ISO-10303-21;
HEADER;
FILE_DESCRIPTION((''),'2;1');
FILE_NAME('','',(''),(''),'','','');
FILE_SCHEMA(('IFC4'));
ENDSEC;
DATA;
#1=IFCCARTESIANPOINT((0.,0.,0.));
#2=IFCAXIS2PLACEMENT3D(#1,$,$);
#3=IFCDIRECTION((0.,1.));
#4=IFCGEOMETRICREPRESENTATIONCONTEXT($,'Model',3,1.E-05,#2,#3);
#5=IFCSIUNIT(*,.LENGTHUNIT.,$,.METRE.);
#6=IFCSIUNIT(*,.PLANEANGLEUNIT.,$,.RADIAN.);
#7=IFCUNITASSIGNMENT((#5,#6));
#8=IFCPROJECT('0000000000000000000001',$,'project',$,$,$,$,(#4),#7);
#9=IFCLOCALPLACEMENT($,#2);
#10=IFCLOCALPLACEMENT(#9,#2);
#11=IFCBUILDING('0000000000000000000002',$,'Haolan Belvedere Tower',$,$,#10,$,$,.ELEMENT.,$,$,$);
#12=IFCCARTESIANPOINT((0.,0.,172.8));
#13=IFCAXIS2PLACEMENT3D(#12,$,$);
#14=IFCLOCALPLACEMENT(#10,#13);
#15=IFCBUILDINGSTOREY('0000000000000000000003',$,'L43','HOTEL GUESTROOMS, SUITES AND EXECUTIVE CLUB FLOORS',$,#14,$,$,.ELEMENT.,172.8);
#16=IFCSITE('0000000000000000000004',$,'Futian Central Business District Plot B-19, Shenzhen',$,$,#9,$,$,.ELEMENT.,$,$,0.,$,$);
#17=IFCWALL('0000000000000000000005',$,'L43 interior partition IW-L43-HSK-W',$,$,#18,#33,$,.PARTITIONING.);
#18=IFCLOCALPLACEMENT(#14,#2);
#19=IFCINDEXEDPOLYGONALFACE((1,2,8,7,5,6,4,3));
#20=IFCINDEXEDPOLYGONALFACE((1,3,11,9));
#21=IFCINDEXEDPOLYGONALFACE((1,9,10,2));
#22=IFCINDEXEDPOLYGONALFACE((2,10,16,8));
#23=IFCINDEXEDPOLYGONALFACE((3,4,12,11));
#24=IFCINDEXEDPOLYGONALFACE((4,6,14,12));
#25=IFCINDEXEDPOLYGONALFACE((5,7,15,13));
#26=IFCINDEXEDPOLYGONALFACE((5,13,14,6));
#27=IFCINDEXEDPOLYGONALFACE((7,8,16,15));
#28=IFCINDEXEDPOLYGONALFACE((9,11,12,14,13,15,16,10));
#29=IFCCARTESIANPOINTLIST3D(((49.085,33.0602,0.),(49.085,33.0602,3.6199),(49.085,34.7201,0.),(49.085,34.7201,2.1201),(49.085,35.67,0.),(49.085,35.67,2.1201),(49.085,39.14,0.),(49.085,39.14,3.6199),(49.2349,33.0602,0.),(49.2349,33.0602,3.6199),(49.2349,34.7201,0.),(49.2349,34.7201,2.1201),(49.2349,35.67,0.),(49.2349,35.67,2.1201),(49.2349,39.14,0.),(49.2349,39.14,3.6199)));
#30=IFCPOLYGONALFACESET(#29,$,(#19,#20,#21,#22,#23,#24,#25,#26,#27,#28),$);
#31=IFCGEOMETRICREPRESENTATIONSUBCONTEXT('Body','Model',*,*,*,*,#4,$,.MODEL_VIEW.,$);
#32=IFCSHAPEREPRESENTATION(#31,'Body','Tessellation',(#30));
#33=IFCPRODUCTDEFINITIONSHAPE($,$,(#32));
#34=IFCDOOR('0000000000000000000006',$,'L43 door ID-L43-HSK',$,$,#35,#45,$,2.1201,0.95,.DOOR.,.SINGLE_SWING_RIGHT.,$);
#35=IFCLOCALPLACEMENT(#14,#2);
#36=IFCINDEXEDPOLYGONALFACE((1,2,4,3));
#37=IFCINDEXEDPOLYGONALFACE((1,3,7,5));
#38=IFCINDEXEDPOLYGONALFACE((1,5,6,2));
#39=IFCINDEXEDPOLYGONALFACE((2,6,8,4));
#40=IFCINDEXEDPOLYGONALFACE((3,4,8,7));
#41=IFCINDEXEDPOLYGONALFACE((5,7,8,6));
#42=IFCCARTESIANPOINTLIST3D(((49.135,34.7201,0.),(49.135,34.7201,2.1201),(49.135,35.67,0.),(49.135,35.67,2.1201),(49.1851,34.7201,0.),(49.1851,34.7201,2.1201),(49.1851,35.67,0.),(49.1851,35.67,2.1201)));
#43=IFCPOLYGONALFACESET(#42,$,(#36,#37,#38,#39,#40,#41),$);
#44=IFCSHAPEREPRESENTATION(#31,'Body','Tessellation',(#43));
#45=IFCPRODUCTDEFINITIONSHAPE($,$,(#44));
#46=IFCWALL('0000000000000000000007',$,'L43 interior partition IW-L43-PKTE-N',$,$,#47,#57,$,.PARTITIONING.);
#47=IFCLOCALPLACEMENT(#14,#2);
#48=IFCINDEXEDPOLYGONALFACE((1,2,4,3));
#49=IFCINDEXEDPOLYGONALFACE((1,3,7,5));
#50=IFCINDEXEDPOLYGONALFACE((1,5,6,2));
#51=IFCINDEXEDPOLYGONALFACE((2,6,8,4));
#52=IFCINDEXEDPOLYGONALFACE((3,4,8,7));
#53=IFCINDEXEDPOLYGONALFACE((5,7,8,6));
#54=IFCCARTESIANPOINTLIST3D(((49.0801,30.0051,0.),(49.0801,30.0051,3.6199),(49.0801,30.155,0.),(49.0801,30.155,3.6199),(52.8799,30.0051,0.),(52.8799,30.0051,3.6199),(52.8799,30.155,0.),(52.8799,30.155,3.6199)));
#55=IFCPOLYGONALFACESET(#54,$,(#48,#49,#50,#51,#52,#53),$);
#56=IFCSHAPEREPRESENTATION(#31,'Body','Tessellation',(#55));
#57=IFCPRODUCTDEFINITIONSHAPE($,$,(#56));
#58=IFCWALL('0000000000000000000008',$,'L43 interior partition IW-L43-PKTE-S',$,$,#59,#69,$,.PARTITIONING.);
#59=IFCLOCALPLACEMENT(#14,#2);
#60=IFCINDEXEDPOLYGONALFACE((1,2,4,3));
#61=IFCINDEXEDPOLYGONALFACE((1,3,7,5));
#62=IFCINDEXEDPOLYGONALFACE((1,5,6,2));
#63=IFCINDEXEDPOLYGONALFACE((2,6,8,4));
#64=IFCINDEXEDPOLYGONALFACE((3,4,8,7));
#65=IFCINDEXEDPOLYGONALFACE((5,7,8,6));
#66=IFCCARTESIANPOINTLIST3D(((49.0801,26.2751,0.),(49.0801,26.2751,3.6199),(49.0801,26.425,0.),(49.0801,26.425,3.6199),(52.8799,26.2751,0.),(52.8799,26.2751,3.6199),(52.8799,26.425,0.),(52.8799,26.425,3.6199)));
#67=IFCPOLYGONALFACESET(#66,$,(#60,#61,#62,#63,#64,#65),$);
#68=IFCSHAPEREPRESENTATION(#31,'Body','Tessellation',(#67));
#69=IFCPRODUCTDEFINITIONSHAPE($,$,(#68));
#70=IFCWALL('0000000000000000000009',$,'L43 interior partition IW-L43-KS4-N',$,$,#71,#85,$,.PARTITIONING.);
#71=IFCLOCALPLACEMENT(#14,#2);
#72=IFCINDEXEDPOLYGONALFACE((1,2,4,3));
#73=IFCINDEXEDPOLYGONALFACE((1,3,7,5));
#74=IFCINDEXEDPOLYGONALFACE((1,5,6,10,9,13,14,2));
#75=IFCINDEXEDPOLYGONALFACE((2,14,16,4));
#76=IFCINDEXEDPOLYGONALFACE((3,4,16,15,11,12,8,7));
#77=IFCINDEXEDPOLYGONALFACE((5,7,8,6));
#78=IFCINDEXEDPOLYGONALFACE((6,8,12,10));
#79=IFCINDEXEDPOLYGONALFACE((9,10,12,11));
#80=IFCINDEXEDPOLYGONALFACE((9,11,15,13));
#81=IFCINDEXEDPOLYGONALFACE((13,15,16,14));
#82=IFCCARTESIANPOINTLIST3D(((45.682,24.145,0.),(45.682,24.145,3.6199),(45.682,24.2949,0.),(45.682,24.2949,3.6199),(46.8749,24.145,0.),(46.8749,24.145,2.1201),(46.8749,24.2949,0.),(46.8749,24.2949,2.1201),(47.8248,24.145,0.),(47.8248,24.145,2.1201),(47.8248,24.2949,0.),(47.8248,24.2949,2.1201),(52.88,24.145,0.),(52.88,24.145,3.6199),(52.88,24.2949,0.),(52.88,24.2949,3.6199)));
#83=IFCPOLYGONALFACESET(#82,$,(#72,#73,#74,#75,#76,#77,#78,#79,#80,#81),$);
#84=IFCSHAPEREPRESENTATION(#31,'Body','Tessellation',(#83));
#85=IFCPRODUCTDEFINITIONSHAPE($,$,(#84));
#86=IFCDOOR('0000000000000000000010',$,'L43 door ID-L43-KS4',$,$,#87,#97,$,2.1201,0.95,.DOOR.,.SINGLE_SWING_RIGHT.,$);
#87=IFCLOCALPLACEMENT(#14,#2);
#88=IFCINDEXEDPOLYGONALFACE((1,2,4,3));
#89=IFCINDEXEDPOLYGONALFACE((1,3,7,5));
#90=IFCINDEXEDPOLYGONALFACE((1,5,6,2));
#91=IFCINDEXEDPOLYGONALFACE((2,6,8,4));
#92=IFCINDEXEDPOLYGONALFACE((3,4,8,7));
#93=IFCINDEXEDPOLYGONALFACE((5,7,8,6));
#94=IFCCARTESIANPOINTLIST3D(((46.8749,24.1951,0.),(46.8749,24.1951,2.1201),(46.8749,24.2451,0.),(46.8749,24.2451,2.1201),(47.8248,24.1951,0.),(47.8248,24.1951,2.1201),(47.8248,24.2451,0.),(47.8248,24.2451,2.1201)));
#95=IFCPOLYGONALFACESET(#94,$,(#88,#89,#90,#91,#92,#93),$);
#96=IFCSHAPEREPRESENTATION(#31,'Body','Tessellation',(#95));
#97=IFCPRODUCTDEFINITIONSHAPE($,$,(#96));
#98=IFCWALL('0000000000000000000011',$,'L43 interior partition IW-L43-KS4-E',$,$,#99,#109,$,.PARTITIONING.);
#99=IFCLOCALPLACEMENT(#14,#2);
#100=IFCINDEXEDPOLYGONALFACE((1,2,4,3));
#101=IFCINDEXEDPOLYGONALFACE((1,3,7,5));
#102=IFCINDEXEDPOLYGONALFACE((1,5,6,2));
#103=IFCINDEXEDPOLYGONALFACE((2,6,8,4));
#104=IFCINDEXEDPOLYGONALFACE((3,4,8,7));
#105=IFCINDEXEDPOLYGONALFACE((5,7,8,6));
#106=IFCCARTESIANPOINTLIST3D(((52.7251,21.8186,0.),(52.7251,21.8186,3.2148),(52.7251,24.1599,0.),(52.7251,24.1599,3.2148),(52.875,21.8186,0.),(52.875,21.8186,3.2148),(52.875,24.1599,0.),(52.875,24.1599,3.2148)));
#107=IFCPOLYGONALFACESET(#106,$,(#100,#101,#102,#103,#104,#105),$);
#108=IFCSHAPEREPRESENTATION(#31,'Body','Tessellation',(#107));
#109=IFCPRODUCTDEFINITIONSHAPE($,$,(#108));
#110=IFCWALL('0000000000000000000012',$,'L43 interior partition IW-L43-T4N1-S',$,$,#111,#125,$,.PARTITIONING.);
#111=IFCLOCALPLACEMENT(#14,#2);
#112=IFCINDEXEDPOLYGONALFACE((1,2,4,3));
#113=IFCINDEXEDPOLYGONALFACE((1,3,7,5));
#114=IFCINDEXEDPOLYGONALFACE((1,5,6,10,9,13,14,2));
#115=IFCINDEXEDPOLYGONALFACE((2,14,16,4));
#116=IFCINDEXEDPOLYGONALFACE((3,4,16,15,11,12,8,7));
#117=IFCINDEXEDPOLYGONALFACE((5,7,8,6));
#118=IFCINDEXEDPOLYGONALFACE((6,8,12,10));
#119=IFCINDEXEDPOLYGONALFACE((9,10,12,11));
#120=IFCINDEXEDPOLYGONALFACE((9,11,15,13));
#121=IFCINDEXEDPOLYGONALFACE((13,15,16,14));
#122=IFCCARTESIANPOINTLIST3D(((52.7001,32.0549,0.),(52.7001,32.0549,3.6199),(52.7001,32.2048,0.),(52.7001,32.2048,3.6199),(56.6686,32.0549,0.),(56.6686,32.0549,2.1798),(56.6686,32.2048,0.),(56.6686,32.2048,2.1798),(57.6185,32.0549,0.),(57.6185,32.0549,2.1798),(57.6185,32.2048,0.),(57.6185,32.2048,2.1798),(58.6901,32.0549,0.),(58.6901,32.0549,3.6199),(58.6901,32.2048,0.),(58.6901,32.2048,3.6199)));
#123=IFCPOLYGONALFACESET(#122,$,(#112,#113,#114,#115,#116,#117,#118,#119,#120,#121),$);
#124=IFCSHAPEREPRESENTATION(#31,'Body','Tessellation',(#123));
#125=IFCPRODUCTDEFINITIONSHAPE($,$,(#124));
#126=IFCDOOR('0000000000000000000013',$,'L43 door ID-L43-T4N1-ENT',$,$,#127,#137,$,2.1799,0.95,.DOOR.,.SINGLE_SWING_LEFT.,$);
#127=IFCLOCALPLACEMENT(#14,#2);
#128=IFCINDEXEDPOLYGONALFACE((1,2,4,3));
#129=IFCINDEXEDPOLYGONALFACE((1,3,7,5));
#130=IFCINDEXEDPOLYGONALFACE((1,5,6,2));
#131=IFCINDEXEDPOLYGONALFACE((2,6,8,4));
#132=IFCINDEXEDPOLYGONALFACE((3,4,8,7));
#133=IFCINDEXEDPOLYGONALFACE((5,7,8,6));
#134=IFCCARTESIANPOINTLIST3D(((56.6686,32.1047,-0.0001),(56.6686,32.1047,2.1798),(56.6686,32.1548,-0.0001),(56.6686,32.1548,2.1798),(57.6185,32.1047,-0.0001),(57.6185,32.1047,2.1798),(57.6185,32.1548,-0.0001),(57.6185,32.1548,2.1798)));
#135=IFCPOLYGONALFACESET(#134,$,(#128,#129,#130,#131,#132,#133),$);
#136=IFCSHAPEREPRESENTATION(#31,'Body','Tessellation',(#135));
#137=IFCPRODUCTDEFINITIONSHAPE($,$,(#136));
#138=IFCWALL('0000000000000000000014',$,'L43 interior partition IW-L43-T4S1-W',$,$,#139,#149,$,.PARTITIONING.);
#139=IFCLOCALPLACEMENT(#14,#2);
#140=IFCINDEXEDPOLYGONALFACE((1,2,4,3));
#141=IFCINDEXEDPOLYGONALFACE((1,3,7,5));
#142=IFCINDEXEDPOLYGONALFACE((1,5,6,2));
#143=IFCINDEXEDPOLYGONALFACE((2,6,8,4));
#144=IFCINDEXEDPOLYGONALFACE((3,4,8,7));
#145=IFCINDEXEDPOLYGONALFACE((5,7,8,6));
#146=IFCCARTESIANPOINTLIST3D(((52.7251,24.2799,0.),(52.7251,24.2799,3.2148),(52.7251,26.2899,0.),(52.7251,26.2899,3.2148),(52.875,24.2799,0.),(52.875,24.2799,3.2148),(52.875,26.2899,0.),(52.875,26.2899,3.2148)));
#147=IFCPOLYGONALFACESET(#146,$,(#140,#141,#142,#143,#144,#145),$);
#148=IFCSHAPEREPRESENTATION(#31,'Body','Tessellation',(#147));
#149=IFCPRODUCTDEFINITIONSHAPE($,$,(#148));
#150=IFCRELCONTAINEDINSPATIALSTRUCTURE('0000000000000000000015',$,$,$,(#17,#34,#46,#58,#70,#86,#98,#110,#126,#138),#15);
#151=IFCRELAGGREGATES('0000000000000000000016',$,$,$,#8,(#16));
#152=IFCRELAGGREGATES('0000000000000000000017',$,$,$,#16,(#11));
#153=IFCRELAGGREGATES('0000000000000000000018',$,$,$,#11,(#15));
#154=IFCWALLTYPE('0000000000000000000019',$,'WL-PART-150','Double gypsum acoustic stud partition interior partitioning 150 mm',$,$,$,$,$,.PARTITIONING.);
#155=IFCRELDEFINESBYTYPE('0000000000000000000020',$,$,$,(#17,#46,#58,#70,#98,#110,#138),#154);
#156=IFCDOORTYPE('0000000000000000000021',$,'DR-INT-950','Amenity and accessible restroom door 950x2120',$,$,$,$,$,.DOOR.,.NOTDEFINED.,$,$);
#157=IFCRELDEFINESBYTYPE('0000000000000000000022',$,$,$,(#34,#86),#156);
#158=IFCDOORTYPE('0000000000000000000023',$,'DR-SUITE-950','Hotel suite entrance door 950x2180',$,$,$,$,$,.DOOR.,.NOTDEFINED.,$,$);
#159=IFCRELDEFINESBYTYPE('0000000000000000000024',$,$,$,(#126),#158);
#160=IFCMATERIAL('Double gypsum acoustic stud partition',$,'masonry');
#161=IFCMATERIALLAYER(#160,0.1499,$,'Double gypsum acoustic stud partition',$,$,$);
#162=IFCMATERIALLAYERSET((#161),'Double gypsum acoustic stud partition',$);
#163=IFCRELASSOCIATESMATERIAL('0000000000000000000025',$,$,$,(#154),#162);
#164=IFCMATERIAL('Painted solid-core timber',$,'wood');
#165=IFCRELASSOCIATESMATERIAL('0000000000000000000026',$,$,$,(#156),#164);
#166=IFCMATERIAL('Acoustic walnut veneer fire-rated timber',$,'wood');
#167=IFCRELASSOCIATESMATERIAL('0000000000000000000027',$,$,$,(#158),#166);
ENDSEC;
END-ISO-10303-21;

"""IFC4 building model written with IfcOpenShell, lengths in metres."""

from ifc_helpers import new_model, si_unit, direction, frame, frame_2d, origin, place, context, subcontext, project, spatial, rectangle, extrude, material, layer, layer_set, type_object, element, fill, save


model = new_model("IFC4")

# Units and contexts
model_context = context("Model", 3, precision=1e-05, world=origin(), true_north=direction((0.0, 1.0)))
body_context = subcontext(model_context, "Body", "Model", "MODEL_VIEW")
ifc_project = project(units=[si_unit("LENGTHUNIT", "METRE"), si_unit("PLANEANGLEUNIT", "RADIAN")], contexts=[model_context])

# Site, building, storey
site_placement = place(None, origin())
site = spatial("IfcSite", under=ifc_project, at=site_placement, Name="Futian Central Business District Plot B-19, Shenzhen", CompositionType="ELEMENT", RefElevation=0.0)
building_placement = place(site_placement, origin())
building = spatial("IfcBuilding", under=site, at=building_placement, Name="Haolan Belvedere Tower", CompositionType="ELEMENT")
storey_placement = place(building_placement, frame((0.0, 0.0, 172.8)))
storey = spatial("IfcBuildingStorey", under=building, at=storey_placement, Name="L43", Description="HOTEL GUESTROOMS, SUITES AND EXECUTIVE CLUB FLOORS", CompositionType="ELEMENT", Elevation=172.8)

# Shared definitions
ifc_material_1 = material(Name="Double gypsum acoustic stud partition", Category="masonry")
ifc_layer_1 = layer(ifc_material_1, 0.1499, Name="Double gypsum acoustic stud partition")
ifc_layer_set_1 = layer_set([ifc_layer_1], Name="Double gypsum acoustic stud partition")
wall_type_1 = type_object("IfcWallType", Name="WL-PART-150", Description="Double gypsum acoustic stud partition interior partitioning 150 mm", PredefinedType="PARTITIONING", material=ifc_layer_set_1)

# Wall, opening, door
wall_1_placement = place(storey_placement, frame((49.1599, 33.0601, 0.0), z_axis=(0.0, 0.0, 1.0), x_axis=(0.0, 1.0, 0.0)))
wall_1 = element("IfcWall", 1, at=wall_1_placement, inside=storey, type_object=wall_type_1, Name="L43 interior partition IW-L43-HSK-W", PredefinedType="PARTITIONING", context=body_context, shape_type="SweptSolid", body=[
    extrude(rectangle(XDim=6.0798, YDim=0.1499, at=frame_2d((3.04, 0.0))), origin(), (0.0, 0.0, 1.0), 3.6199),
])
opening_1_placement = place(wall_1_placement, frame((1.6599, 0.0, 0.0)))
opening_1 = element("IfcOpeningElement", 2, at=opening_1_placement, cuts=wall_1, PredefinedType="OPENING", context=body_context, shape_type="SweptSolid", body=[
    extrude(rectangle(XDim=0.95, YDim=2.1201, at=frame_2d((0.4751, 1.0601))), frame((0.0, 0.085, 0.0), z_axis=(0.0, -1.0, 0.0), x_axis=(1.0, 0.0, 0.0)), (0.0, 0.0, 1.0), 0.1699),
])
ifc_material_2 = material(Name="Painted solid-core timber", Category="wood")
door_type_1 = type_object("IfcDoorType", Name="DR-INT-950", Description="Amenity and accessible restroom door 950x2120", OperationType="NOTDEFINED", PredefinedType="DOOR", material=ifc_material_2)
door_1_placement = place(opening_1_placement, origin())
door_1 = element("IfcDoor", 3, at=door_1_placement, inside=storey, type_object=door_type_1, Name="L43 door ID-L43-HSK", OperationType="SINGLE_SWING_RIGHT", OverallHeight=2.1201, OverallWidth=0.95, PredefinedType="DOOR", context=body_context, shape_type="SweptSolid", body=[
    extrude(rectangle(XDim=0.95, YDim=2.1201, at=frame_2d((0.4751, 1.0601))), frame((0.0, 0.0249, 0.0), z_axis=(0.0, -1.0, 0.0), x_axis=(1.0, 0.0, 0.0)), (0.0, 0.0, 1.0), 0.05),
])
fill(opening_1, door_1)

# Walls
for number, where, z_axis, x_axis, name in (
    (4, (49.0801, 30.0801, 0.0), (0.0, 0.0, 1.0), (1.0, 0.0, 0.0), "L43 interior partition IW-L43-PKTE-N"),
    (5, (49.0801, 26.3501, 0.0), (0.0, 0.0, 1.0), (1.0, 0.0, 0.0), "L43 interior partition IW-L43-PKTE-S"),
):
    element("IfcWall", number, at=place(storey_placement, frame(where, z_axis=z_axis, x_axis=x_axis)), inside=storey, type_object=wall_type_1, Name=name, PredefinedType="PARTITIONING", context=body_context, shape_type="SweptSolid", body=[
        extrude(rectangle(XDim=3.7998, YDim=0.1499, at=frame_2d((1.8999, 0.0))), origin(), (0.0, 0.0, 1.0), 3.6199),
    ])

# Wall, opening, door
wall_2_placement = place(storey_placement, frame((45.6819, 24.22, 0.0), z_axis=(0.0, 0.0, 1.0), x_axis=(1.0, 0.0, 0.0)))
wall_2 = element("IfcWall", 6, at=wall_2_placement, inside=storey, type_object=wall_type_1, Name="L43 interior partition IW-L43-KS4-N", PredefinedType="PARTITIONING", context=body_context, shape_type="SweptSolid", body=[
    extrude(rectangle(XDim=7.198, YDim=0.1499, at=frame_2d((3.5991, 0.0))), origin(), (0.0, 0.0, 1.0), 3.6199),
])
opening_2_placement = place(wall_2_placement, frame((2.1431, 0.0, 0.0), z_axis=(0.0, 0.0, 1.0), x_axis=(-1.0, 0.0, 0.0)))
opening_2 = element("IfcOpeningElement", 7, at=opening_2_placement, cuts=wall_2, PredefinedType="OPENING", context=body_context, shape_type="SweptSolid", body=[
    extrude(rectangle(XDim=0.95, YDim=2.1201, at=frame_2d((0.4751, 1.0601))), frame((0.0, 0.085, 0.0), z_axis=(0.0, -1.0, 0.0), x_axis=(1.0, 0.0, 0.0)), (0.0, 0.0, 1.0), 0.1699),
])
door_2_placement = place(opening_2_placement, origin())
door_2 = element("IfcDoor", 8, at=door_2_placement, inside=storey, type_object=door_type_1, Name="L43 door ID-L43-KS4", OperationType="SINGLE_SWING_RIGHT", OverallHeight=2.1201, OverallWidth=0.95, PredefinedType="DOOR", context=body_context, shape_type="SweptSolid", body=[
    extrude(rectangle(XDim=0.95, YDim=2.1201, at=frame_2d((0.4751, 1.0601))), frame((0.0, 0.0249, 0.0), z_axis=(0.0, -1.0, 0.0), x_axis=(1.0, 0.0, 0.0)), (0.0, 0.0, 1.0), 0.05),
])
fill(opening_2, door_2)

# Wall
wall_3_placement = place(storey_placement, frame((52.8, 21.8186, 0.0), z_axis=(0.0, 0.0, 1.0), x_axis=(0.0, 1.0, 0.0)))
element("IfcWall", 9, at=wall_3_placement, inside=storey, type_object=wall_type_1, Name="L43 interior partition IW-L43-KS4-E", PredefinedType="PARTITIONING", context=body_context, shape_type="SweptSolid", body=[
    extrude(rectangle(XDim=2.3413, YDim=0.1499, at=frame_2d((1.1707, 0.0))), origin(), (0.0, 0.0, 1.0), 3.2148),
])

# Wall, opening, door
wall_4_placement = place(storey_placement, frame((52.7, 32.1299, 0.0), z_axis=(0.0, 0.0, 1.0), x_axis=(1.0, 0.0, 0.0)))
wall_4 = element("IfcWall", 10, at=wall_4_placement, inside=storey, type_object=wall_type_1, Name="L43 interior partition IW-L43-T4N1-S", PredefinedType="PARTITIONING", context=body_context, shape_type="SweptSolid", body=[
    extrude(rectangle(XDim=5.99, YDim=0.1499, at=frame_2d((2.9951, 0.0))), origin(), (0.0, 0.0, 1.0), 3.6199),
])
opening_3_placement = place(wall_4_placement, frame((3.9685, 0.0, 0.0)))
opening_3 = element("IfcOpeningElement", 11, at=opening_3_placement, cuts=wall_4, PredefinedType="OPENING", context=body_context, shape_type="SweptSolid", body=[
    extrude(rectangle(XDim=0.95, YDim=2.1799, at=frame_2d((0.4751, 1.0898))), frame((0.0, 0.085, 0.0), z_axis=(0.0, -1.0, 0.0), x_axis=(1.0, 0.0, 0.0)), (0.0, 0.0, 1.0), 0.1699),
])
ifc_material_3 = material(Name="Acoustic walnut veneer fire-rated timber", Category="wood")
door_type_2 = type_object("IfcDoorType", Name="DR-SUITE-950", Description="Hotel suite entrance door 950x2180", OperationType="NOTDEFINED", PredefinedType="DOOR", material=ifc_material_3)
door_3_placement = place(opening_3_placement, origin())
door_3 = element("IfcDoor", 12, at=door_3_placement, inside=storey, type_object=door_type_2, Name="L43 door ID-L43-T4N1-ENT", OperationType="SINGLE_SWING_LEFT", OverallHeight=2.1799, OverallWidth=0.95, PredefinedType="DOOR", context=body_context, shape_type="SweptSolid", body=[
    extrude(rectangle(XDim=0.95, YDim=2.1799, at=frame_2d((0.4751, 1.0898))), frame((0.0, 0.0249, 0.0), z_axis=(0.0, -1.0, 0.0), x_axis=(1.0, 0.0, 0.0)), (0.0, 0.0, 1.0), 0.05),
])
fill(opening_3, door_3)

# Wall
wall_5_placement = place(storey_placement, frame((52.8, 24.28, 0.0), z_axis=(0.0, 0.0, 1.0), x_axis=(0.0, 1.0, 0.0)))
element("IfcWall", 13, at=wall_5_placement, inside=storey, type_object=wall_type_1, Name="L43 interior partition IW-L43-T4S1-W", PredefinedType="PARTITIONING", context=body_context, shape_type="SweptSolid", body=[
    extrude(rectangle(XDim=2.01, YDim=0.1499, at=frame_2d((1.0049, 0.0))), origin(), (0.0, 0.0, 1.0), 3.2148),
])

save(model, "model.ifc")
